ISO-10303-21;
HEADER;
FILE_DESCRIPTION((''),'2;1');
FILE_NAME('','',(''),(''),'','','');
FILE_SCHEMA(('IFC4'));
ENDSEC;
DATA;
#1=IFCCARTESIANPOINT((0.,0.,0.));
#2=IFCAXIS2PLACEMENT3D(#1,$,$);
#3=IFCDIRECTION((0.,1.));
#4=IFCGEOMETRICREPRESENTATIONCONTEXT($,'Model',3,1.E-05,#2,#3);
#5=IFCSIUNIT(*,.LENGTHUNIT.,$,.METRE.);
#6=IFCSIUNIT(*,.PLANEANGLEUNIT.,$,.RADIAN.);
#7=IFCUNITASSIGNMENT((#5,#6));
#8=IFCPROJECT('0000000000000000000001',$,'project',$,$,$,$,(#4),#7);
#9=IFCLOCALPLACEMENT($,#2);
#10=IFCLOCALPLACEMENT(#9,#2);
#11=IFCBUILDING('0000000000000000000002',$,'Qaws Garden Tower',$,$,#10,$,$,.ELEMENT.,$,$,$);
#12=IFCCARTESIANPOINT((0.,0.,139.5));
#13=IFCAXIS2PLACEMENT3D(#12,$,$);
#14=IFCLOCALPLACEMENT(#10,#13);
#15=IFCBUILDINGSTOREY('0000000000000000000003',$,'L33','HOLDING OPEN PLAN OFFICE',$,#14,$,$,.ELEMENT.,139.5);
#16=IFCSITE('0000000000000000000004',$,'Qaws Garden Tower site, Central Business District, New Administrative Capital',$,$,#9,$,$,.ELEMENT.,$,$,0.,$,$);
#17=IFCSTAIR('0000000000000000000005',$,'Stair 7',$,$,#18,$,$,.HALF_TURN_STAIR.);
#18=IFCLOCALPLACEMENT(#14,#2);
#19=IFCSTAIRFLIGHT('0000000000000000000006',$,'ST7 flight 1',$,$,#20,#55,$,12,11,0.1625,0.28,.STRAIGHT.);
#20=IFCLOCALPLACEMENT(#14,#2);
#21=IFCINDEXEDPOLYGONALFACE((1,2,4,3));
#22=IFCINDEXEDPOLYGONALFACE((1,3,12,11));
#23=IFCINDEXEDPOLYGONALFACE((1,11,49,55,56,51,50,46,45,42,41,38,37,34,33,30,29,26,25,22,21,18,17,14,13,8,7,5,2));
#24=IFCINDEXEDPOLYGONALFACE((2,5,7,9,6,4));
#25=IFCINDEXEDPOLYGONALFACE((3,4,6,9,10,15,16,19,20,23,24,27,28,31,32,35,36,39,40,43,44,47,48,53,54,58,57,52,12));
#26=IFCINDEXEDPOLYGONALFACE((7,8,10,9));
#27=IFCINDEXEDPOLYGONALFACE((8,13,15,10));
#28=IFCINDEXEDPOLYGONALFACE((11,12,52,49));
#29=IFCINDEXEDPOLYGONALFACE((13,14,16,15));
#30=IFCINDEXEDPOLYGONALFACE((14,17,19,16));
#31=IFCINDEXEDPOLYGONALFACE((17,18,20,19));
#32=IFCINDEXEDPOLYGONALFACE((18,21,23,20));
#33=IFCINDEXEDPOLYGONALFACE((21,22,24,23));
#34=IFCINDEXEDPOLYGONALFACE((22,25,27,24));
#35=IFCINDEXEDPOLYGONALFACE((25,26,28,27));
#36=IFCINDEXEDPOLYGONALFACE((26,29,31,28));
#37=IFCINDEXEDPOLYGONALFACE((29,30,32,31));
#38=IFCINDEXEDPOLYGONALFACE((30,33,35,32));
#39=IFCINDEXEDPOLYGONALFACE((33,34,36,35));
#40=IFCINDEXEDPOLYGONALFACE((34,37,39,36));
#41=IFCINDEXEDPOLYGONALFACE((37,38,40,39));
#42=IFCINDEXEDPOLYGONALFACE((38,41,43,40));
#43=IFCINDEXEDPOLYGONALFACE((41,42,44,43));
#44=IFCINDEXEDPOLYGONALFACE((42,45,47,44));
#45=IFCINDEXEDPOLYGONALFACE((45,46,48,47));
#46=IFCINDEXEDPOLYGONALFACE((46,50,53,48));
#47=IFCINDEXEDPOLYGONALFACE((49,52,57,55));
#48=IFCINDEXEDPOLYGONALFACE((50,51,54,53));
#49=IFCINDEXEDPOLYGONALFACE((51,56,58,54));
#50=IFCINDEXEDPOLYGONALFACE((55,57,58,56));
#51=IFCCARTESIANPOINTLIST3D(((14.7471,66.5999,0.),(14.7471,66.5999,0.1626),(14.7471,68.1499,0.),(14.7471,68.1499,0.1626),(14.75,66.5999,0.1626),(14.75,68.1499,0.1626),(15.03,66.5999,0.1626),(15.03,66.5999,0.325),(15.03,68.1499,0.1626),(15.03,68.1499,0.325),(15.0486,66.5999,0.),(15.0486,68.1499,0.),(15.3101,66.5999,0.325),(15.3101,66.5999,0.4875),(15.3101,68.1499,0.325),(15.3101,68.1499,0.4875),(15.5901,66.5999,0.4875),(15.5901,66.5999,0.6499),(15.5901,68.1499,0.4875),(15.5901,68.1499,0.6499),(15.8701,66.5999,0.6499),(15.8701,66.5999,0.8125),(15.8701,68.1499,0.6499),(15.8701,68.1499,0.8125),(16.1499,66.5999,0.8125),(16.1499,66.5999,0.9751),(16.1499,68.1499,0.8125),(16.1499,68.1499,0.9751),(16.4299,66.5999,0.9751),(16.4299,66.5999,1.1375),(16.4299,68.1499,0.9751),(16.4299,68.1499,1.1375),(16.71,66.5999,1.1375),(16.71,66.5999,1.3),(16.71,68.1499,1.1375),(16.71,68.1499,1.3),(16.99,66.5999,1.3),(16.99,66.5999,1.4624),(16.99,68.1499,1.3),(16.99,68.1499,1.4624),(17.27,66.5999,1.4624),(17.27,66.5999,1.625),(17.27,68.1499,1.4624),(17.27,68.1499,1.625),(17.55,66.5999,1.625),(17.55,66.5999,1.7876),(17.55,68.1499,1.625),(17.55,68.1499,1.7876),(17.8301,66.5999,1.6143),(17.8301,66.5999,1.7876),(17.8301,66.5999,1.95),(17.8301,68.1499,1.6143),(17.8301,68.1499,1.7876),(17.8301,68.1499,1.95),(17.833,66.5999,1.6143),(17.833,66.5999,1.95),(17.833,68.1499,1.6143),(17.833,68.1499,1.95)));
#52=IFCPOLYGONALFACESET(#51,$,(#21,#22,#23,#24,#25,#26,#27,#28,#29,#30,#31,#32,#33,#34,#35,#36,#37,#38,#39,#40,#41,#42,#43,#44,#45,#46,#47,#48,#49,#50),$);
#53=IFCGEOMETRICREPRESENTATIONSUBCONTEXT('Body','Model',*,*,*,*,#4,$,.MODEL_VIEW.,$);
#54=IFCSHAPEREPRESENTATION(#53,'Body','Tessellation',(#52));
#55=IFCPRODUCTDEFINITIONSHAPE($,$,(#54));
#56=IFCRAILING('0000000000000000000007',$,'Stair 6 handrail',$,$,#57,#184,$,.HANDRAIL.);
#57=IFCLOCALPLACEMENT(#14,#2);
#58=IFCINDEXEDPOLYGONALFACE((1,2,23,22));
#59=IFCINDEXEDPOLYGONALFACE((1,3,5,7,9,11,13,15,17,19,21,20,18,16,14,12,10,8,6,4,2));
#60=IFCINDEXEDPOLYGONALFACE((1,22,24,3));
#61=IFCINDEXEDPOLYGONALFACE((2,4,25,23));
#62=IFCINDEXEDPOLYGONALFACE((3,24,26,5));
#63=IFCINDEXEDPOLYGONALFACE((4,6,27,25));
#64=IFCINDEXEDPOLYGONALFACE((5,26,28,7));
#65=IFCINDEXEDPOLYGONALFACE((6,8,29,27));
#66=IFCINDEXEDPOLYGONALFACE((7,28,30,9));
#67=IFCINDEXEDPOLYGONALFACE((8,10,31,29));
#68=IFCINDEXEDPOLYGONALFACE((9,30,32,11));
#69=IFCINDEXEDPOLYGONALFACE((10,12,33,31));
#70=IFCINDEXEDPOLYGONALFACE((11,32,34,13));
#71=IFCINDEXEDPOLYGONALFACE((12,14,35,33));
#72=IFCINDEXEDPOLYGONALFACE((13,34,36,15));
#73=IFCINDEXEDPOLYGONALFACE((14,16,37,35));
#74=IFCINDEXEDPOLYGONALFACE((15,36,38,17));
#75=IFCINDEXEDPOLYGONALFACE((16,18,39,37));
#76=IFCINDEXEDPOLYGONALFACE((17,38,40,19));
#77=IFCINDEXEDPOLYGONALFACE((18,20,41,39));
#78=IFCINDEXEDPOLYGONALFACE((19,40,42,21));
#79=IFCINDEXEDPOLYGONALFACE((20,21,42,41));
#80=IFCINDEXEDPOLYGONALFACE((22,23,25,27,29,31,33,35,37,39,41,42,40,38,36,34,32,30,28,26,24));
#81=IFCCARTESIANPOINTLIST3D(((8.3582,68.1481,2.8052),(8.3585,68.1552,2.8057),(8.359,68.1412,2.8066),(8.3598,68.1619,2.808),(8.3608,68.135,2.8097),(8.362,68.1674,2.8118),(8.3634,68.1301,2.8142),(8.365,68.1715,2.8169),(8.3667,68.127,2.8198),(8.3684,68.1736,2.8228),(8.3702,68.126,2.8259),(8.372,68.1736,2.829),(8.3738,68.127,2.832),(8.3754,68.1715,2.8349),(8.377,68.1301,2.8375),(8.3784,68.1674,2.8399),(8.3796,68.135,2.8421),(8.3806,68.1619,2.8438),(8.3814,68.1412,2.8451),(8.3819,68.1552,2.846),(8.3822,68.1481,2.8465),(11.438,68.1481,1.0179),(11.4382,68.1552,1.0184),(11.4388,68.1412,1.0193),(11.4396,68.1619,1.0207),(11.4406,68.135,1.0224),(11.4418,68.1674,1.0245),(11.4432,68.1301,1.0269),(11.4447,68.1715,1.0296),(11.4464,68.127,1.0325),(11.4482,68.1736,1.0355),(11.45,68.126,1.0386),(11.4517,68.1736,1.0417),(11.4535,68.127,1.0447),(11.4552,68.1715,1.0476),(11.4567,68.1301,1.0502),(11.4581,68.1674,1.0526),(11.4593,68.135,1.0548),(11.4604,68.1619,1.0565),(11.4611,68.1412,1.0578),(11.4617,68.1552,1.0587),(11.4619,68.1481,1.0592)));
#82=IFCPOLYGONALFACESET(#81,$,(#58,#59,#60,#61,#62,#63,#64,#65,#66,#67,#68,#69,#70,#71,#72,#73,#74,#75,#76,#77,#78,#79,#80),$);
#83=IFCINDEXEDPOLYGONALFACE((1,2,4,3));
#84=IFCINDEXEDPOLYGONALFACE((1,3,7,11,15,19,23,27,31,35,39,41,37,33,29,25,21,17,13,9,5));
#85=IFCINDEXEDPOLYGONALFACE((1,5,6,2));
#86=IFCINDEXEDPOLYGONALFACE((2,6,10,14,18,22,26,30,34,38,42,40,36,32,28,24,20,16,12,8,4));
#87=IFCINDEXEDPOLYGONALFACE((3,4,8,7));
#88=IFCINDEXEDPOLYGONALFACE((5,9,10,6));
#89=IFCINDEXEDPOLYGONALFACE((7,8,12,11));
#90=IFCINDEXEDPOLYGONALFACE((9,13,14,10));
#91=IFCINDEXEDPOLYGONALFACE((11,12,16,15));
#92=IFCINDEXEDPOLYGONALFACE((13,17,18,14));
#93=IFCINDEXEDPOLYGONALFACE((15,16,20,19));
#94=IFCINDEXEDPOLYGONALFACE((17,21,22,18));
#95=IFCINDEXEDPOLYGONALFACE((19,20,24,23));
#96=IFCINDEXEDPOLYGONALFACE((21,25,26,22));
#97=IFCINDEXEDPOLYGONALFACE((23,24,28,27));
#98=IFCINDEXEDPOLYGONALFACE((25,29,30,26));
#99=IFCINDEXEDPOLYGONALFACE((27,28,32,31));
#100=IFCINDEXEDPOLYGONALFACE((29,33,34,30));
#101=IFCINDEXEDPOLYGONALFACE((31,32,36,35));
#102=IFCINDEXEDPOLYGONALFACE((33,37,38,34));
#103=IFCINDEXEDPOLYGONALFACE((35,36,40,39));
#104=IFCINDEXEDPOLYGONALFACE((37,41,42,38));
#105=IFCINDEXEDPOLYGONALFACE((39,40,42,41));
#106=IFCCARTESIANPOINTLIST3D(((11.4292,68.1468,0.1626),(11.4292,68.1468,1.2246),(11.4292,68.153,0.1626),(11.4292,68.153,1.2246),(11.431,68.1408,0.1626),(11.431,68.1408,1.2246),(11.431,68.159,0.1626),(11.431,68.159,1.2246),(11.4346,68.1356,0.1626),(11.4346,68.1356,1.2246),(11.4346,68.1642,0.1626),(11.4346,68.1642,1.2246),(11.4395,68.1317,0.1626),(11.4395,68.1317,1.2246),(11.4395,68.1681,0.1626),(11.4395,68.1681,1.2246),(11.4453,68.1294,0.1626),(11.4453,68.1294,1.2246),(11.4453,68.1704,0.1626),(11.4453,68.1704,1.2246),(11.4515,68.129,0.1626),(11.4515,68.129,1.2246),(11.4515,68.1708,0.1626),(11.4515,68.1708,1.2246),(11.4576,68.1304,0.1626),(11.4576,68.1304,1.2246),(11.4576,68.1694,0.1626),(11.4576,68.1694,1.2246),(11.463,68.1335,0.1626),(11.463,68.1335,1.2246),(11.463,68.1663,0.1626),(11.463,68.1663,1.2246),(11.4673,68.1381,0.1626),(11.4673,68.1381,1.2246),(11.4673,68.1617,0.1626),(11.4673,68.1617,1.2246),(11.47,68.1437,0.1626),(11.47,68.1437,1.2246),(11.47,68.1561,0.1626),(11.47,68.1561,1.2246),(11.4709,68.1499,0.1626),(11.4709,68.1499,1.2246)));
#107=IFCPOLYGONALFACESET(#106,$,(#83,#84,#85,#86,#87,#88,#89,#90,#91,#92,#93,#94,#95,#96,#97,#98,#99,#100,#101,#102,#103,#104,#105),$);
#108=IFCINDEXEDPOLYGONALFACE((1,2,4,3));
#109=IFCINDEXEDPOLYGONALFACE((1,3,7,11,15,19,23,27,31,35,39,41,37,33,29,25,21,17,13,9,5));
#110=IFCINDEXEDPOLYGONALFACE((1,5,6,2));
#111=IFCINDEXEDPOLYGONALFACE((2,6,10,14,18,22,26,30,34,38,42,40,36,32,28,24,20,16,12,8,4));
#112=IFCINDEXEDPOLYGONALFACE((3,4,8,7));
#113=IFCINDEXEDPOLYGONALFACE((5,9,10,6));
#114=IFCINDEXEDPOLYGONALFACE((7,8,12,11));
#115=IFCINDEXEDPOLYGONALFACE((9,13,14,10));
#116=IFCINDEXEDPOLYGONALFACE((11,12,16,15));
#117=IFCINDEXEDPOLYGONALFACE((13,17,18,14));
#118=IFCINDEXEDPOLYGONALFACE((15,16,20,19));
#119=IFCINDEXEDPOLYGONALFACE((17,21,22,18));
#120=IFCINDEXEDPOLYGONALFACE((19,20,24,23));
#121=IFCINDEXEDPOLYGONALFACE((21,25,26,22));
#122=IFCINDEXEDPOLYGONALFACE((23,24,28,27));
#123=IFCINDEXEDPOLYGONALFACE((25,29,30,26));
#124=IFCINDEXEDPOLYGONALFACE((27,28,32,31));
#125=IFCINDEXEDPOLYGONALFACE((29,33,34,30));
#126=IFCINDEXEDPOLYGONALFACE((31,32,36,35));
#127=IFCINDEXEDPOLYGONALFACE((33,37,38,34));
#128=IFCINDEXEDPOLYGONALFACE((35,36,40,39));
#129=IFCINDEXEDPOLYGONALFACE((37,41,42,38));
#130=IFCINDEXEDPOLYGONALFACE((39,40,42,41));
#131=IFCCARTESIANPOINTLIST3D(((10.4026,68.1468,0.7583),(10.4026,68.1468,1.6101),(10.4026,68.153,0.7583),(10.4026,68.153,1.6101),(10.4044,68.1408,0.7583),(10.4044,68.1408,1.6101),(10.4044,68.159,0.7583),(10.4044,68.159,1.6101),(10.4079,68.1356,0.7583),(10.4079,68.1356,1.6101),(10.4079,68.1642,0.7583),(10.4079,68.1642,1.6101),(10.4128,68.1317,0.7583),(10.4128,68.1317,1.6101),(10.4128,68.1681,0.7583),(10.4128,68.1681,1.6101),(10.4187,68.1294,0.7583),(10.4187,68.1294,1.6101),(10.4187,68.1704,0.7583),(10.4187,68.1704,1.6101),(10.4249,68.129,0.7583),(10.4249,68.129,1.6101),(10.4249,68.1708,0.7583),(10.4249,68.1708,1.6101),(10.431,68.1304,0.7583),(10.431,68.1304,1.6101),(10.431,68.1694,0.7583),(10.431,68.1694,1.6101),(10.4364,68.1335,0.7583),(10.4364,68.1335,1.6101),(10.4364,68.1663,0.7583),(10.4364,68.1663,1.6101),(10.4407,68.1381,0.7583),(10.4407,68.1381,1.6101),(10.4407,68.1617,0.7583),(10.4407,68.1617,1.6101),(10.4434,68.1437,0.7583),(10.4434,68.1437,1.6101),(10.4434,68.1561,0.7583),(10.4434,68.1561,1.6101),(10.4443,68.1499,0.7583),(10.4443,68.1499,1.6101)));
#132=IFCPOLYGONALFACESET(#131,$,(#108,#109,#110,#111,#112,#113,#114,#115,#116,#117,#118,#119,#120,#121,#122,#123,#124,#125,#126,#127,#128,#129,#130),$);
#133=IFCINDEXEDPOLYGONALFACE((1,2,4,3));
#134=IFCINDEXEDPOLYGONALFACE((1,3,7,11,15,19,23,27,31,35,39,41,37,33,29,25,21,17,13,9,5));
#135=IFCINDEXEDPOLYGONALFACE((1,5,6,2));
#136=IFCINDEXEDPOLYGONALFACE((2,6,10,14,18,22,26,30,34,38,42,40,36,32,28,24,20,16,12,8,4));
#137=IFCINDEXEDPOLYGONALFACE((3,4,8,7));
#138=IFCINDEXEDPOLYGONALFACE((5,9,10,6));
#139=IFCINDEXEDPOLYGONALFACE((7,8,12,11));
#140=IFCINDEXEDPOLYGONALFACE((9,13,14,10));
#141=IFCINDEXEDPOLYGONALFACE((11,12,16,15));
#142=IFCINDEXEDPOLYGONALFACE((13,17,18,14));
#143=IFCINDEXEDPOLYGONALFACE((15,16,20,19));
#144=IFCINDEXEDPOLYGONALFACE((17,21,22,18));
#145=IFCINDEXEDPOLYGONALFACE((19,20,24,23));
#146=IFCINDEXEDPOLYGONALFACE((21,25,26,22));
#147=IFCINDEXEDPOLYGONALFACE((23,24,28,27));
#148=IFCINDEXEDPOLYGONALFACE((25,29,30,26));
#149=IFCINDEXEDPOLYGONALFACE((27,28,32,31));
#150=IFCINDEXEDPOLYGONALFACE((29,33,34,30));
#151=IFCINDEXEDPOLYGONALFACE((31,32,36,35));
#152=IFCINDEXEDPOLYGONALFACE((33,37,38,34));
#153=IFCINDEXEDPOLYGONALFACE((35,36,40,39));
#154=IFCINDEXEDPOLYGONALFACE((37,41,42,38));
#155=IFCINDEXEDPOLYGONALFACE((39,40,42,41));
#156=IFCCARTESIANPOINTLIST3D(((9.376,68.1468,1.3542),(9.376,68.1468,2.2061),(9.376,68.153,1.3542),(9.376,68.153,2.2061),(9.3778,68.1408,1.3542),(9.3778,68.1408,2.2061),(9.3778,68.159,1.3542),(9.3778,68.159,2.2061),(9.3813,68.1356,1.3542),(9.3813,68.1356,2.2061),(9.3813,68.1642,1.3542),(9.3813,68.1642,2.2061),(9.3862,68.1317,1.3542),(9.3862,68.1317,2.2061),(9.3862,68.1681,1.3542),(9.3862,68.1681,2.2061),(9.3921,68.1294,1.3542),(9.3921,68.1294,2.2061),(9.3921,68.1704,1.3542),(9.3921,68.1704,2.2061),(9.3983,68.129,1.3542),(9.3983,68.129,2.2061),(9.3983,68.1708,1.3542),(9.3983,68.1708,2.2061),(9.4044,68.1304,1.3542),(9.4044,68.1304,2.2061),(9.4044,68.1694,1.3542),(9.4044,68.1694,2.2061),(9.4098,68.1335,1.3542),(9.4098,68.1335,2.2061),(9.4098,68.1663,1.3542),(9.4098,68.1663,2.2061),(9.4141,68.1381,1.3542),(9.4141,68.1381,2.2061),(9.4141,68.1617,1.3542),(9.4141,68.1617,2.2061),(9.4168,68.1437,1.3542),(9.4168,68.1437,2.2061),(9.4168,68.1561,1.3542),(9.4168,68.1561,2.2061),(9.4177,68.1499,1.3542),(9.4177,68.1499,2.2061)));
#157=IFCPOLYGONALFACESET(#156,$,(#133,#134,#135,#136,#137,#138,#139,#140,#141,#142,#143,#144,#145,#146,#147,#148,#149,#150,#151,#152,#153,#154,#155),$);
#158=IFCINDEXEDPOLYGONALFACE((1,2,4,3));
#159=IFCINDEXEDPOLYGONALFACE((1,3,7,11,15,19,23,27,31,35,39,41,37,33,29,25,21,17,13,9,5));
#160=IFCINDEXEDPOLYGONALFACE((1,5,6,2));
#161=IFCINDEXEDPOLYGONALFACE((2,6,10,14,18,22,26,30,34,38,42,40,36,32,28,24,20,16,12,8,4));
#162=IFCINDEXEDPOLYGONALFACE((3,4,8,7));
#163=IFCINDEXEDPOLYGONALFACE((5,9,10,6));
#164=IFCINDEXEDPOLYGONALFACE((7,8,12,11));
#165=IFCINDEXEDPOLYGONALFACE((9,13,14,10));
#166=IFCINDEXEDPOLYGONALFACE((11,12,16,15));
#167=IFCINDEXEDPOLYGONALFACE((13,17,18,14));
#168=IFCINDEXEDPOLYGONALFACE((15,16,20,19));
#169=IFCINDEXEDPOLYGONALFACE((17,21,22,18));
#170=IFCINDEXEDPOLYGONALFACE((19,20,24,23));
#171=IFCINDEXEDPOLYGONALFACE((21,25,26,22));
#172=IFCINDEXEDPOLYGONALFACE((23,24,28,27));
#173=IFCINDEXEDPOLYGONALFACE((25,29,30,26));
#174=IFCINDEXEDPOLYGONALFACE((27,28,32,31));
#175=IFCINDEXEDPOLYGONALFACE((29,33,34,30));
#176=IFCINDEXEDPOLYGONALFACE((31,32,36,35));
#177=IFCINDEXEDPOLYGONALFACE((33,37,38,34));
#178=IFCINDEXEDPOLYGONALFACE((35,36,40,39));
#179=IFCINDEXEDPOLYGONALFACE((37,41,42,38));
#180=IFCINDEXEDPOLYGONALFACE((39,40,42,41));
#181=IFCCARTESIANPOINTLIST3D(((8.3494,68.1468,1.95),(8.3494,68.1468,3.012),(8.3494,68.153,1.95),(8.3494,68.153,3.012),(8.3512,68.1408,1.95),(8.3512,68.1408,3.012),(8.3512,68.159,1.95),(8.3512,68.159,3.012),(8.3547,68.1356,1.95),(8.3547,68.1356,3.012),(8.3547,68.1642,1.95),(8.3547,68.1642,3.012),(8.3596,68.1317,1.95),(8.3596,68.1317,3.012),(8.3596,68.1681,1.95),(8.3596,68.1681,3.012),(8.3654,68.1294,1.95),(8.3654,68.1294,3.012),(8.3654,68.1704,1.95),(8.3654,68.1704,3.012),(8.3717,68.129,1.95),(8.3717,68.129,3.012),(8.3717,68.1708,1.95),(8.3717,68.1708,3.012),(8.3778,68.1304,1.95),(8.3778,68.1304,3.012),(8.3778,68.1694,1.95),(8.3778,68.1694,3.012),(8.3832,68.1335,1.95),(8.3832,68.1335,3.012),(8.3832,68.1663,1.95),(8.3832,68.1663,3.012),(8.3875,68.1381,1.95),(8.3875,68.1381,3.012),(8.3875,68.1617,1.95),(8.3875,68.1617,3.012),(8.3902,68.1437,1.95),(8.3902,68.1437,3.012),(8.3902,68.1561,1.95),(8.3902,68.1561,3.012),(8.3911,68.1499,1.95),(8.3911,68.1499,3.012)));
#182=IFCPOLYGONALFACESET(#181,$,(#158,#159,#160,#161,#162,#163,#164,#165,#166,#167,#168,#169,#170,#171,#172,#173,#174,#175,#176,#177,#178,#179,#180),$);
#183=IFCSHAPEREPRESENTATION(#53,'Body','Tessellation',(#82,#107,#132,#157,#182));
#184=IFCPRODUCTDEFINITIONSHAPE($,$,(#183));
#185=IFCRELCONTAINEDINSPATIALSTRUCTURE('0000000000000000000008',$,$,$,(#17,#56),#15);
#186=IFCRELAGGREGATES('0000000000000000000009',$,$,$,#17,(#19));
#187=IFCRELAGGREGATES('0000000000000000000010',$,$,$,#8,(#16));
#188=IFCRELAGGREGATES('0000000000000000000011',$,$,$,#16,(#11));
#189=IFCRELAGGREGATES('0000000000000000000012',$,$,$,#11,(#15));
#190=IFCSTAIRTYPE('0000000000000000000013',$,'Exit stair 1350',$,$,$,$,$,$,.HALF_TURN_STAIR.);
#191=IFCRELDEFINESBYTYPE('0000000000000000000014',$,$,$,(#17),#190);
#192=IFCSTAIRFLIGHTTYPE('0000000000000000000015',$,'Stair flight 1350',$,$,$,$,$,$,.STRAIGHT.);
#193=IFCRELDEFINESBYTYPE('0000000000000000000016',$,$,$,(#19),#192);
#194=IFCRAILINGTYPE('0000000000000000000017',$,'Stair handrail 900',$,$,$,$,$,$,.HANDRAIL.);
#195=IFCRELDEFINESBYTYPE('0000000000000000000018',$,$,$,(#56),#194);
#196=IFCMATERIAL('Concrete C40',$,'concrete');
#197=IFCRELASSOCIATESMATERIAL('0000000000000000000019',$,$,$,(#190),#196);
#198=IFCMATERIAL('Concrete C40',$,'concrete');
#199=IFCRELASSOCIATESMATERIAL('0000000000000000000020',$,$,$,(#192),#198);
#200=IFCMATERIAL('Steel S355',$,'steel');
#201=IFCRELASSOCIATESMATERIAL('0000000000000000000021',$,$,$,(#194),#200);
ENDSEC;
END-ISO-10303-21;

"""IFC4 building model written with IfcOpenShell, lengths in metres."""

from ifc_helpers import new_model, si_unit, direction, frame, origin, origin_2d, place, context, subcontext, project, spatial, polyline, circle, outline, extrude, material, type_object, element, aggregate, save


model = new_model("IFC4")

# Units and contexts
model_context = context("Model", 3, precision=1e-05, world=origin(), true_north=direction((0.0, 1.0)))
body_context = subcontext(model_context, "Body", "Model", "MODEL_VIEW")
ifc_project = project(units=[si_unit("LENGTHUNIT", "METRE"), si_unit("PLANEANGLEUNIT", "RADIAN")], contexts=[model_context])

# Site, building, storey
site_placement = place(None, origin())
site = spatial("IfcSite", under=ifc_project, at=site_placement, Name="Qaws Garden Tower site, Central Business District, New Administrative Capital", CompositionType="ELEMENT", RefElevation=0.0)
building_placement = place(site_placement, origin())
building = spatial("IfcBuilding", under=site, at=building_placement, Name="Qaws Garden Tower", CompositionType="ELEMENT")
storey_placement = place(building_placement, frame((0.0, 0.0, 139.5)))
storey = spatial("IfcBuildingStorey", under=building, at=storey_placement, Name="L33", Description="HOLDING OPEN PLAN OFFICE", CompositionType="ELEMENT", Elevation=139.5)

# Shared definitions
ifc_material_1 = material(Name="Concrete C40", Category="concrete")
stair_type = type_object("IfcStairType", Name="Exit stair 1350", PredefinedType="HALF_TURN_STAIR", material=ifc_material_1)
placement = place(storey_placement, origin())
ifc_material_2 = material(Name="Concrete C40", Category="concrete")
stair_flight_type = type_object("IfcStairFlightType", Name="Stair flight 1350", PredefinedType="STRAIGHT", material=ifc_material_2)

# Stair, stair flight
stair_1 = element("IfcStair", 1, at=placement, inside=storey, type_object=stair_type, Name="Stair 7", PredefinedType="HALF_TURN_STAIR")
stair_flight_1_placement = place(storey_placement, frame((14.75, 67.375, 0.0), z_axis=(0.0, 0.0, 1.0), x_axis=(1.0, 0.0, 0.0)))
stair_flight_1 = element("IfcStairFlight", 2, at=stair_flight_1_placement, type_object=stair_flight_type, Name="ST7 flight 1", NumberOfRisers=12, NumberOfTreads=11, PredefinedType="STRAIGHT", RiserHeight=0.1625, TreadLength=0.28, context=body_context, shape_type="SweptSolid", body=[
    extrude(outline(polyline([(-0.0029, 0.0), (-0.0029, 0.1626), (0.0, 0.1626), (0.28, 0.1626), (0.28, 0.325), (0.5601, 0.325), (0.5601, 0.4875), (0.8401, 0.4875), (0.8401, 0.6499), (1.1201, 0.6499), (1.1201, 0.8125), (1.3999, 0.8125), (1.3999, 0.9751), (1.6799, 0.9751), (1.6799, 1.1375), (1.96, 1.1375), (1.96, 1.3), (2.24, 1.3), (2.24, 1.4624), (2.52, 1.4624), (2.52, 1.625), (2.8, 1.625), (2.8, 1.7876), (3.0801, 1.7876), (3.0801, 1.95), (3.083, 1.95), (3.083, 1.6143), (3.0801, 1.6143), (0.2986, 0.0), (-0.0029, 0.0)])), frame((0.0, 0.7749, 0.0), z_axis=(0.0, -1.0, 0.0), x_axis=(1.0, 0.0, 0.0)), (0.0, 0.0, 1.0), 1.55),
])
aggregate(stair_1, [stair_flight_1])

# Railing
ifc_material_3 = material(Name="Steel S355", Category="steel")
railing_type = type_object("IfcRailingType", Name="Stair handrail 900", PredefinedType="HANDRAIL", material=ifc_material_3)
railing_1_placement = place(storey_placement, frame((11.45, 68.1499, 0.1626)))
element("IfcRailing", 3, at=railing_1_placement, inside=storey, type_object=railing_type, Name="Stair 6 handrail", PredefinedType="HANDRAIL", context=body_context, shape_type="SweptSolid", body=[
    extrude(circle(Radius=0.0239, at=origin_2d()), frame((0.0, 0.0, 0.876), z_axis=(-0.864903, 0.0, 0.501939), x_axis=(0.0, -1.0, 0.0)), (0.0, 0.0, 1.0), 3.5608),
    extrude(circle(Radius=0.021, at=origin_2d()), origin(), (0.0, 0.0, 1.0), 1.062),
    extrude(circle(Radius=0.021, at=origin_2d()), frame((-1.0266, 0.0, 0.5957)), (0.0, 0.0, 1.0), 0.8518),
    extrude(circle(Radius=0.021, at=origin_2d()), frame((-2.0532, 0.0, 1.1917)), (0.0, 0.0, 1.0), 0.8518),
    extrude(circle(Radius=0.021, at=origin_2d()), frame((-3.0798, 0.0, 1.7874)), (0.0, 0.0, 1.0), 1.062),
])

save(model, "model.ifc")
